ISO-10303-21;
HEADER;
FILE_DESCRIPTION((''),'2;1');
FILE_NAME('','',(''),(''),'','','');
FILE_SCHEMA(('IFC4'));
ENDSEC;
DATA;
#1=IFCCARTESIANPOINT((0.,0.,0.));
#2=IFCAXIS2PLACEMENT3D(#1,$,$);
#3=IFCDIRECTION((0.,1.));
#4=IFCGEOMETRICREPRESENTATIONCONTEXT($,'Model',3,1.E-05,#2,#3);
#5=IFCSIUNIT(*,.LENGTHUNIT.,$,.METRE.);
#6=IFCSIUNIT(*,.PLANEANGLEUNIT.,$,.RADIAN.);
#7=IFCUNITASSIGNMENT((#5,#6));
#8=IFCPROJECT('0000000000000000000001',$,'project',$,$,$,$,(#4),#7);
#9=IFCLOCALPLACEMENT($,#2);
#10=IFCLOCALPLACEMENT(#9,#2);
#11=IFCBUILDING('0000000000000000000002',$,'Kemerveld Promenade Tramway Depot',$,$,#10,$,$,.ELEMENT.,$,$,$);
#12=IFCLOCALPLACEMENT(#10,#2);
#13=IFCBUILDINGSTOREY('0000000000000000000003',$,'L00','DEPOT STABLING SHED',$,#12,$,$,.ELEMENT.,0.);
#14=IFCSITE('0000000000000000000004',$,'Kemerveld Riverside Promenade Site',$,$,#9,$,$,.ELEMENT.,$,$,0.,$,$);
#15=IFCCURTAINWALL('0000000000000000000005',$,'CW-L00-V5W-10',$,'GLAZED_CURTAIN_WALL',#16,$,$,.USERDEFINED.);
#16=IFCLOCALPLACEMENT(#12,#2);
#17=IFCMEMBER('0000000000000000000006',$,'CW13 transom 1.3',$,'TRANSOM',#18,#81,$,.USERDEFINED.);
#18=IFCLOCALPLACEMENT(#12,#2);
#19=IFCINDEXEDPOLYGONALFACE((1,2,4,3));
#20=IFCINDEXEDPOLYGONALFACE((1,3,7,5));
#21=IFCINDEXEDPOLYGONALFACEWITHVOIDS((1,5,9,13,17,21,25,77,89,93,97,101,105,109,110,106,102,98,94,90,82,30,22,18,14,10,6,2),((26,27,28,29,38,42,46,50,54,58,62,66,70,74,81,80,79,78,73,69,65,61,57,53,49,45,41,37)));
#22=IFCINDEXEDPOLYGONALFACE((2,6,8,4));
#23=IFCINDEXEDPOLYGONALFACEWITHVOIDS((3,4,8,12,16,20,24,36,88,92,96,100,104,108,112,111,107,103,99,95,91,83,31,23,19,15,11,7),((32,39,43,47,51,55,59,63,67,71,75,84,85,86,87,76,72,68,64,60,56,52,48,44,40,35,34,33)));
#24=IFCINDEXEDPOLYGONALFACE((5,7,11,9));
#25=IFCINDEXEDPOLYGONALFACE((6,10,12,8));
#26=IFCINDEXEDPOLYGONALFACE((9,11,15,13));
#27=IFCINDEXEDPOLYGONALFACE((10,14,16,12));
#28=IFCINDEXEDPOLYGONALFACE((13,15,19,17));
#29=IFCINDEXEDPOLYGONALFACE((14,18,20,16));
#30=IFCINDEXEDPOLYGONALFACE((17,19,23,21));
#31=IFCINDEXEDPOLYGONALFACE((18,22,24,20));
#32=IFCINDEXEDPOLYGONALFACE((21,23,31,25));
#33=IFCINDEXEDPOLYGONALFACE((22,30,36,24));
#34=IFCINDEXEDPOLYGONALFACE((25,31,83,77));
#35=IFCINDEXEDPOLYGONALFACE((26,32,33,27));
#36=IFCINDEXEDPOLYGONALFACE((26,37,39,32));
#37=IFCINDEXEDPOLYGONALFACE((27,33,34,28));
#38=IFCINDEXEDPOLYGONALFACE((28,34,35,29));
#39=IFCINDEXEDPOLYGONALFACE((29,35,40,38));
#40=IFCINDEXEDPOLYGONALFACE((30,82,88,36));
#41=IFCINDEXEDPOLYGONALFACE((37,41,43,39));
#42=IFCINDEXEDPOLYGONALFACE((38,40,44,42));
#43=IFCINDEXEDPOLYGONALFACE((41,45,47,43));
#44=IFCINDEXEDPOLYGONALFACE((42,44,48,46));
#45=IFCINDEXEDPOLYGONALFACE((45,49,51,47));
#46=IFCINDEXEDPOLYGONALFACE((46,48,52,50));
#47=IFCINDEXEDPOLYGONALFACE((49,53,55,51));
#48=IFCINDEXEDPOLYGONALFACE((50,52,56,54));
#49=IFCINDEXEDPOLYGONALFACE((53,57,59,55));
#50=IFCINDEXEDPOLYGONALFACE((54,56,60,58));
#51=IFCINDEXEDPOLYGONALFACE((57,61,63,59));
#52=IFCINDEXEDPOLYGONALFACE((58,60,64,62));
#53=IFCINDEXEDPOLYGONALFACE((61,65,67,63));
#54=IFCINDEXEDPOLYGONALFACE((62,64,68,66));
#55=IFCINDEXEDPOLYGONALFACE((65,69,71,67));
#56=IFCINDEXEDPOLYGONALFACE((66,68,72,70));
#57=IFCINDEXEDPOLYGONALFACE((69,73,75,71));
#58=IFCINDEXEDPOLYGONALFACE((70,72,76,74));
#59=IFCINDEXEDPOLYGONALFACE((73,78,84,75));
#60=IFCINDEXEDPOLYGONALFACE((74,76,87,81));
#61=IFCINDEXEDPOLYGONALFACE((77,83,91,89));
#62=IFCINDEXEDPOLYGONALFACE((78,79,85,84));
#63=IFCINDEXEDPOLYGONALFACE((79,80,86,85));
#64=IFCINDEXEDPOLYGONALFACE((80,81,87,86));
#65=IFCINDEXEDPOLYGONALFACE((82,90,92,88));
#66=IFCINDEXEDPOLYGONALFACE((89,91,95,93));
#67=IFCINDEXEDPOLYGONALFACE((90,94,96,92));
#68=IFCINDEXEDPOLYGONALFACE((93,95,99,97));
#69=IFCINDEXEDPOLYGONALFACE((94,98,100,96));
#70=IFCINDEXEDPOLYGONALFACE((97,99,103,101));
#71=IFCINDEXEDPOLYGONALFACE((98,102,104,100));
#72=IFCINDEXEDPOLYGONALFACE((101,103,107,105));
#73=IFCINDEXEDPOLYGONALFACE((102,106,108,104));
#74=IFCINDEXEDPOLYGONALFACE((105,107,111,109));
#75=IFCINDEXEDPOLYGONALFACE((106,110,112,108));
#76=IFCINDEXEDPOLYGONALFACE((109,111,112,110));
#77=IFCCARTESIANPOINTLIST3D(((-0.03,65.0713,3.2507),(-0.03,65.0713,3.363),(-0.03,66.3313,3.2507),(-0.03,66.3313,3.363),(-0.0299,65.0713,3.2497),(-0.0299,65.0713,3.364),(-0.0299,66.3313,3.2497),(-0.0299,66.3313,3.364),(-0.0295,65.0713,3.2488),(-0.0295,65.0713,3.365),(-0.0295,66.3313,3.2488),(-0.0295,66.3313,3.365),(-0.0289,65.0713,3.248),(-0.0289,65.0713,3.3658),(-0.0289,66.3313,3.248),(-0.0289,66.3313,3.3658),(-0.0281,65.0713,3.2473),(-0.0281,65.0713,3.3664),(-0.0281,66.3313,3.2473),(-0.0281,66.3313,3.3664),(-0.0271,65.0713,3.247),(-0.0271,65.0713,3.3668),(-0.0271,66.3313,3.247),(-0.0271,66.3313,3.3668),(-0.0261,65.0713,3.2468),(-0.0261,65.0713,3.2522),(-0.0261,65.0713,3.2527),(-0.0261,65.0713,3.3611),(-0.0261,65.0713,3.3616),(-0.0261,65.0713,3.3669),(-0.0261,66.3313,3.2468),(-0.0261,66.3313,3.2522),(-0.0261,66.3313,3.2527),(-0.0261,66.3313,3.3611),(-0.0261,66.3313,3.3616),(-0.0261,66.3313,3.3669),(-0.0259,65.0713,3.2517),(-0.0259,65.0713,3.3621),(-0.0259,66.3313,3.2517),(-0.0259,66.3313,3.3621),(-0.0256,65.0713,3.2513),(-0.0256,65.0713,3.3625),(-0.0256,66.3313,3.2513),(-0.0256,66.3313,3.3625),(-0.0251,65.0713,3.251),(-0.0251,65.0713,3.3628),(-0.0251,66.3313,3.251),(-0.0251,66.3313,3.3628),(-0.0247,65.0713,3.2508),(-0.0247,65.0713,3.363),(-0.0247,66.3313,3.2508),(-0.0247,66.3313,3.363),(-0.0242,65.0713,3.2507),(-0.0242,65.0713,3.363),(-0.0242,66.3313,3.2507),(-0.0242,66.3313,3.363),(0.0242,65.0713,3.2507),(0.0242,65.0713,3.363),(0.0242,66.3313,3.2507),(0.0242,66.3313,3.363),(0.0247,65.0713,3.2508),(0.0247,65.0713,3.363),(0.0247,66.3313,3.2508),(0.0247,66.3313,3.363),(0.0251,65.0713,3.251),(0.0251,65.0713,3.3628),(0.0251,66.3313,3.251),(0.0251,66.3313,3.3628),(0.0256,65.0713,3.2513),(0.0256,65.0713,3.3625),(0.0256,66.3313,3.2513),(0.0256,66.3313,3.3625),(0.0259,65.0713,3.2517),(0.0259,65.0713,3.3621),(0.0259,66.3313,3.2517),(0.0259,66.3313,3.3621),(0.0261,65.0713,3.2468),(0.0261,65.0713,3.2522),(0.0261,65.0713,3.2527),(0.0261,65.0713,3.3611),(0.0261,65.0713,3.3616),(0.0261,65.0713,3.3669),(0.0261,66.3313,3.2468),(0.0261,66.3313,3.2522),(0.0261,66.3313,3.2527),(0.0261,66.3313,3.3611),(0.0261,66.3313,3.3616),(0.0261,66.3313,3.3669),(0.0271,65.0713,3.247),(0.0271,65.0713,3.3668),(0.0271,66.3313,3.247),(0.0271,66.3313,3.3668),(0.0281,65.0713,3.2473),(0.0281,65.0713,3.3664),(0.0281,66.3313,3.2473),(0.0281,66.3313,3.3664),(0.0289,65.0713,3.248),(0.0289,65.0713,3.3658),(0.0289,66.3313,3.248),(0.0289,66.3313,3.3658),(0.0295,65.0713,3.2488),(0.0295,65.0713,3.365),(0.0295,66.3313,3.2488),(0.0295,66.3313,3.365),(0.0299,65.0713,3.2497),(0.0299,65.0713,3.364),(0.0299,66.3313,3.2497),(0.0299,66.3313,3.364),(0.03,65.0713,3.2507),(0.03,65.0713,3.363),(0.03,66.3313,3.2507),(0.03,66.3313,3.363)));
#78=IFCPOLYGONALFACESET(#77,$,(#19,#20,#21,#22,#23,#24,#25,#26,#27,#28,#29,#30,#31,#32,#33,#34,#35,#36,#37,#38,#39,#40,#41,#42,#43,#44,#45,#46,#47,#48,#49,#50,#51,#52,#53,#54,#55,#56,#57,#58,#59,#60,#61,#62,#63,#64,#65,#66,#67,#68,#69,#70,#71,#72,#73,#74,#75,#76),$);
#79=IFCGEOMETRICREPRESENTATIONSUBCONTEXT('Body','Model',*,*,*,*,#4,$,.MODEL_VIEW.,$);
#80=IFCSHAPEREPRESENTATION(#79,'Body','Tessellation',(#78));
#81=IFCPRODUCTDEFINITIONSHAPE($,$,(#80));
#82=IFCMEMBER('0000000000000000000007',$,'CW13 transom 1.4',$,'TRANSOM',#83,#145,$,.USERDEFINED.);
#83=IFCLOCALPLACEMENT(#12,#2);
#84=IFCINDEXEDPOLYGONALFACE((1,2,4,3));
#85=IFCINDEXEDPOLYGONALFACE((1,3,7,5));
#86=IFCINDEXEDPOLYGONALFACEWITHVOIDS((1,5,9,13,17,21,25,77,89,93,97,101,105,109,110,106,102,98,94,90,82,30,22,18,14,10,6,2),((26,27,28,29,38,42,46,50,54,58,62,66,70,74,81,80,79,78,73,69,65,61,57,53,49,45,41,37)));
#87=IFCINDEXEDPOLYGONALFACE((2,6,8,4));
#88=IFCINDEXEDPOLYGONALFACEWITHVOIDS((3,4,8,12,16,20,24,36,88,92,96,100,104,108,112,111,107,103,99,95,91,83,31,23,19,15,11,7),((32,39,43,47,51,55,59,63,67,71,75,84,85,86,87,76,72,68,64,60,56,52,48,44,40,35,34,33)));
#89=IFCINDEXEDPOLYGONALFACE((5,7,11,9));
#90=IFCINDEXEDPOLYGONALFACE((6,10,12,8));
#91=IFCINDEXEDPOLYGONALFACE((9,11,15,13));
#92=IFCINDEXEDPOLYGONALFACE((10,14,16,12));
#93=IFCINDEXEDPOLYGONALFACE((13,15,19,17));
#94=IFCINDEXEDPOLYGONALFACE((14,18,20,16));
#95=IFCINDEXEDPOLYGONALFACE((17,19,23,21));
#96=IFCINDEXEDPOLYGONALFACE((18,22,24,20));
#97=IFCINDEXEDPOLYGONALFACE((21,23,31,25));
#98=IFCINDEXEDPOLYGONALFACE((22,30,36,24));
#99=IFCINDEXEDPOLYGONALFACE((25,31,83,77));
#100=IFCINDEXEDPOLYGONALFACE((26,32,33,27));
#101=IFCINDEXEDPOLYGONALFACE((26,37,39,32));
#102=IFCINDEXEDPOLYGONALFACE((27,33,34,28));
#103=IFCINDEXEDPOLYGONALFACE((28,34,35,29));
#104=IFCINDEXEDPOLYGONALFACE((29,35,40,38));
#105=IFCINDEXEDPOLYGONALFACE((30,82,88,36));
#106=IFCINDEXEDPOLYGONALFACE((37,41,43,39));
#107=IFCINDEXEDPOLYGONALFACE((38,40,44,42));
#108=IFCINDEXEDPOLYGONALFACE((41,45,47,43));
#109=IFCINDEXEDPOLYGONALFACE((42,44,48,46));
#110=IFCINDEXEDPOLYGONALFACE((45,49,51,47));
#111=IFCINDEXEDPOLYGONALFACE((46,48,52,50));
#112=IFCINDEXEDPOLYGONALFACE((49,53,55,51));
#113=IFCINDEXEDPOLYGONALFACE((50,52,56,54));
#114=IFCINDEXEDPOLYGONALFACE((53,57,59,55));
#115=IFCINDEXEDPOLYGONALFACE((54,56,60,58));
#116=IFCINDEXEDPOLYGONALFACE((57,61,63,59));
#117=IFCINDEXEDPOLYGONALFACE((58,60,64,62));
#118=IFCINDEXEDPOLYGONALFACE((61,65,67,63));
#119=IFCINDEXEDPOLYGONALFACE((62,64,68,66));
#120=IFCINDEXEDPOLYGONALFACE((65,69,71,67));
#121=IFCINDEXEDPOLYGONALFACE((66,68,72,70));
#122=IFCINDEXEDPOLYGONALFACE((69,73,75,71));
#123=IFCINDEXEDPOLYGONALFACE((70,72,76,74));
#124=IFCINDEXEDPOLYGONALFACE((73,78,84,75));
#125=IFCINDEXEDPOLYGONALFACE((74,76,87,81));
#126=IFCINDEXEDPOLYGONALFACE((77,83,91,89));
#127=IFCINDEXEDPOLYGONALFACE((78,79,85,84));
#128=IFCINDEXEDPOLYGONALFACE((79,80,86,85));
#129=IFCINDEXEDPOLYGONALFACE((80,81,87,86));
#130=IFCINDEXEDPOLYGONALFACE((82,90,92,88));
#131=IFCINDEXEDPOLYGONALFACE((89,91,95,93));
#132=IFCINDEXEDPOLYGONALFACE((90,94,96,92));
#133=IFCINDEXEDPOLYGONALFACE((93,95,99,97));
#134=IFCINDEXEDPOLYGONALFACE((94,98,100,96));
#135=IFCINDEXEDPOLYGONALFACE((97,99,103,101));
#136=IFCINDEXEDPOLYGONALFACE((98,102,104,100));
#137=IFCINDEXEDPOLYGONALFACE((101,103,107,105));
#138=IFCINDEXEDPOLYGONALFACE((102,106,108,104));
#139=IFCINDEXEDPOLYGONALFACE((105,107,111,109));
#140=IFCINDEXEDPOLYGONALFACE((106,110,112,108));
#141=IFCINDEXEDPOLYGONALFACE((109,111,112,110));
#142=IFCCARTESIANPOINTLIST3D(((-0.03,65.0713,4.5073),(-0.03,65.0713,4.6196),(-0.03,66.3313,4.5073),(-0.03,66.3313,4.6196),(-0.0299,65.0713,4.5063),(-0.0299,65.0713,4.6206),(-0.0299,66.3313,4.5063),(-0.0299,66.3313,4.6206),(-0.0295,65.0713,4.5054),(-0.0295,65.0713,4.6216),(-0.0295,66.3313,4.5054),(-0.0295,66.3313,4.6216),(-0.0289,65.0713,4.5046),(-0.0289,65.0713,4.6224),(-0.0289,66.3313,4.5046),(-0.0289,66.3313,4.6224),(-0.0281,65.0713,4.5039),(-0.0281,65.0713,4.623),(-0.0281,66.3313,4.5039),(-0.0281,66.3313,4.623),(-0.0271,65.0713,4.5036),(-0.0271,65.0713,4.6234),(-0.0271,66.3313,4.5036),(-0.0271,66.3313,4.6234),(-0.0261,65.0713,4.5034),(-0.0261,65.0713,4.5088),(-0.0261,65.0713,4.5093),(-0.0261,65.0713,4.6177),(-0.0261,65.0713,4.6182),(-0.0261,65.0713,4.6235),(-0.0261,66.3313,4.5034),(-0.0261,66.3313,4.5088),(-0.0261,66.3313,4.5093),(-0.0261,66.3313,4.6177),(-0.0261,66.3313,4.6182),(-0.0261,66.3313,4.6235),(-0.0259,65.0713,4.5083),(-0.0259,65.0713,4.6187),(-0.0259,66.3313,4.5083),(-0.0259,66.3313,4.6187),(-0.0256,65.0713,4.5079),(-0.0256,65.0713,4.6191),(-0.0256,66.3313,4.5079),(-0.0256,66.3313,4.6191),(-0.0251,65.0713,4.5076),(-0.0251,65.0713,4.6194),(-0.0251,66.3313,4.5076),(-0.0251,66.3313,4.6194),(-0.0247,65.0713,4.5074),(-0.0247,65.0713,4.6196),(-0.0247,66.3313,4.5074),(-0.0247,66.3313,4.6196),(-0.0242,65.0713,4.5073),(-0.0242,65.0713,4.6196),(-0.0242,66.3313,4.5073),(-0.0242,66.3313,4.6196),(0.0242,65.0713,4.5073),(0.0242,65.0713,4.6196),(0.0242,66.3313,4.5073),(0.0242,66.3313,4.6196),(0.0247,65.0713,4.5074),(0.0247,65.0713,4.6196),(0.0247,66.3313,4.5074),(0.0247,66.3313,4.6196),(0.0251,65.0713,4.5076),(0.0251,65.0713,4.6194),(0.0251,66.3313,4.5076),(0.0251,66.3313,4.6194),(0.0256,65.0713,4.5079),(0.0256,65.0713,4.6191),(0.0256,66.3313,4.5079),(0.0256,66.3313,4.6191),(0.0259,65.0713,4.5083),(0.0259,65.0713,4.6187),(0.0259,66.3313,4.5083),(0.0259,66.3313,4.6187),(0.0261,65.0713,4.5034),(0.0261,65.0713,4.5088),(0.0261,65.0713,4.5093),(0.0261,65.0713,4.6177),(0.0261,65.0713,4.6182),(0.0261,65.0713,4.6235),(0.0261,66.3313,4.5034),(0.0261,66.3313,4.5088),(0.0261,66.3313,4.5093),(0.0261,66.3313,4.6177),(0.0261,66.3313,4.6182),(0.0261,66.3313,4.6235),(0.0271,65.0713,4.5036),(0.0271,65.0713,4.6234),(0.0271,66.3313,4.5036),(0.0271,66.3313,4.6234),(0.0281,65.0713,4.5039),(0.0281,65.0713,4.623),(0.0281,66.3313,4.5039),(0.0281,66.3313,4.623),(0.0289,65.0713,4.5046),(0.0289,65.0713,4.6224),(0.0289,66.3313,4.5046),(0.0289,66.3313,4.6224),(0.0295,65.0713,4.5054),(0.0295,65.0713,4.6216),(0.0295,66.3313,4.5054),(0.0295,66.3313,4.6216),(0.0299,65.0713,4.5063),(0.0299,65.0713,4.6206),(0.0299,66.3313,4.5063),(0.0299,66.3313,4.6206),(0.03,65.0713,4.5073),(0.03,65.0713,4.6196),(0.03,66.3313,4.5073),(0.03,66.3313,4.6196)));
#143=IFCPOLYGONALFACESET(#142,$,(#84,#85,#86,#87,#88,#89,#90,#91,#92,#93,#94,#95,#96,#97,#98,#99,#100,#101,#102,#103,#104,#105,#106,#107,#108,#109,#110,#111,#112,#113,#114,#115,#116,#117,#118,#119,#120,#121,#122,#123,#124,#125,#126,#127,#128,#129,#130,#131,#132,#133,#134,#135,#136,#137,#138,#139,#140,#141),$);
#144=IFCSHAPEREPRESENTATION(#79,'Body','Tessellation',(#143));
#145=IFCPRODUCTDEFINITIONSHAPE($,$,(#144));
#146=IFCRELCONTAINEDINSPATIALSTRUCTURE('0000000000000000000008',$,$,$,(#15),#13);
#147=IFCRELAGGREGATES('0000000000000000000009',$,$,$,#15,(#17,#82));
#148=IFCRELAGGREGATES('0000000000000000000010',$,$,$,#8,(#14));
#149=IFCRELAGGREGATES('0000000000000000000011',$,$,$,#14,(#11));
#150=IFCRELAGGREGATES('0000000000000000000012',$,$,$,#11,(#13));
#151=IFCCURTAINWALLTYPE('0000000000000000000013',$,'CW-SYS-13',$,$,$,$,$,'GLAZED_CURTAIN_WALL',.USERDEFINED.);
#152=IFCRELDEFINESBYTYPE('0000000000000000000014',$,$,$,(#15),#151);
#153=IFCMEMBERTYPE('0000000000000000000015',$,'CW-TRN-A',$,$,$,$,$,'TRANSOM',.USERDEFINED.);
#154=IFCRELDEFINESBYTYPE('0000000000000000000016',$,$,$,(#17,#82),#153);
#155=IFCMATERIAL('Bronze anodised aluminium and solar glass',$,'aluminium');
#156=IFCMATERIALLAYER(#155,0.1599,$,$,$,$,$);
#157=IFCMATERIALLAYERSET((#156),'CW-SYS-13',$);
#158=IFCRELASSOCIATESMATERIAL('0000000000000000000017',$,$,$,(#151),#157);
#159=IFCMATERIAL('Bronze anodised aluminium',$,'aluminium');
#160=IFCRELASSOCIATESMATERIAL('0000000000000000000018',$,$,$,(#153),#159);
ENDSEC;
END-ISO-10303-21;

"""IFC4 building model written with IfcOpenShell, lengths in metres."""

from ifc_helpers import new_model, si_unit, direction, frame, origin, origin_2d, place, context, subcontext, project, spatial, hollow_rectangle, extrude, material, layer, layer_set, material_profile, profile_set, type_object, element, aggregate, save


model = new_model("IFC4")

# Units and contexts
model_context = context("Model", 3, precision=1e-05, world=origin(), true_north=direction((0.0, 1.0)))
body_context = subcontext(model_context, "Body", "Model", "MODEL_VIEW")
ifc_project = project(units=[si_unit("LENGTHUNIT", "METRE"), si_unit("PLANEANGLEUNIT", "RADIAN")], contexts=[model_context])

# Site, building, storey
site_placement = place(None, origin())
site = spatial("IfcSite", under=ifc_project, at=site_placement, Name="Kemerveld Riverside Promenade Site", CompositionType="ELEMENT", RefElevation=0.0)
building_placement = place(site_placement, origin())
building = spatial("IfcBuilding", under=site, at=building_placement, Name="Kemerveld Promenade Tramway Depot", CompositionType="ELEMENT")
storey_placement = place(building_placement, origin())
storey = spatial("IfcBuildingStorey", under=building, at=storey_placement, Name="L00", Description="DEPOT STABLING SHED", CompositionType="ELEMENT", Elevation=0.0)

# Curtain wall, members
ifc_material_1 = material(Name="Bronze anodised aluminium and solar glass", Category="aluminium")
ifc_layer_1 = layer(ifc_material_1, 0.1599)
ifc_layer_set_1 = layer_set([ifc_layer_1], Name="CW-SYS-13")
curtain_wall_type = type_object("IfcCurtainWallType", Name="CW-SYS-13", ElementType="GLAZED_CURTAIN_WALL", PredefinedType="USERDEFINED", material=ifc_layer_set_1)
curtain_wall_placement = place(storey_placement, origin())
curtain_wall = element("IfcCurtainWall", 1, at=curtain_wall_placement, inside=storey, type_object=curtain_wall_type, Name="CW-L00-V5W-10", ObjectType="GLAZED_CURTAIN_WALL", PredefinedType="USERDEFINED")
ifc_material_2 = material(Name="Bronze anodised aluminium", Category="aluminium")
ifc_material_profile_1 = material_profile(ifc_material_2, hollow_rectangle(XDim=0.0601, YDim=0.1201, WallThickness=0.0039, InnerFilletRadius=0.002, OuterFilletRadius=0.0039, at=origin_2d()), Name="CW-TRN-120x60")
ifc_profile_set_1 = profile_set([ifc_material_profile_1], Name="Bronze anodised aluminium")
member_type_1 = type_object("IfcMemberType", Name="CW-TRN-A", ElementType="TRANSOM", PredefinedType="USERDEFINED", material=ifc_profile_set_1)
member_1_placement = place(storey_placement, frame((0.0, 65.0713, 3.3069), z_axis=(0.0, 1.0, 0.0), x_axis=(-1.0, 0.0, 0.0)))
member_1 = element("IfcMember", 2, at=member_1_placement, type_object=member_type_1, Name="CW13 transom 1.3", ObjectType="TRANSOM", PredefinedType="USERDEFINED", context=body_context, shape_type="SweptSolid", body=[
    extrude(hollow_rectangle(XDim=0.0601, YDim=0.1201, WallThickness=0.0039, InnerFilletRadius=0.002, OuterFilletRadius=0.0039, at=origin_2d()), origin(), (0.0, 0.0, 1.0), 1.26),
])
member_2_placement = place(storey_placement, frame((0.0, 65.0713, 4.5635), z_axis=(0.0, 1.0, 0.0), x_axis=(-1.0, 0.0, 0.0)))
member_2 = element("IfcMember", 3, at=member_2_placement, type_object=member_type_1, Name="CW13 transom 1.4", ObjectType="TRANSOM", PredefinedType="USERDEFINED", context=body_context, shape_type="SweptSolid", body=[
    extrude(hollow_rectangle(XDim=0.0601, YDim=0.1201, WallThickness=0.0039, InnerFilletRadius=0.002, OuterFilletRadius=0.0039, at=origin_2d()), origin(), (0.0, 0.0, 1.0), 1.26),
])
aggregate(curtain_wall, [member_1, member_2])

save(model, "model.ifc")
